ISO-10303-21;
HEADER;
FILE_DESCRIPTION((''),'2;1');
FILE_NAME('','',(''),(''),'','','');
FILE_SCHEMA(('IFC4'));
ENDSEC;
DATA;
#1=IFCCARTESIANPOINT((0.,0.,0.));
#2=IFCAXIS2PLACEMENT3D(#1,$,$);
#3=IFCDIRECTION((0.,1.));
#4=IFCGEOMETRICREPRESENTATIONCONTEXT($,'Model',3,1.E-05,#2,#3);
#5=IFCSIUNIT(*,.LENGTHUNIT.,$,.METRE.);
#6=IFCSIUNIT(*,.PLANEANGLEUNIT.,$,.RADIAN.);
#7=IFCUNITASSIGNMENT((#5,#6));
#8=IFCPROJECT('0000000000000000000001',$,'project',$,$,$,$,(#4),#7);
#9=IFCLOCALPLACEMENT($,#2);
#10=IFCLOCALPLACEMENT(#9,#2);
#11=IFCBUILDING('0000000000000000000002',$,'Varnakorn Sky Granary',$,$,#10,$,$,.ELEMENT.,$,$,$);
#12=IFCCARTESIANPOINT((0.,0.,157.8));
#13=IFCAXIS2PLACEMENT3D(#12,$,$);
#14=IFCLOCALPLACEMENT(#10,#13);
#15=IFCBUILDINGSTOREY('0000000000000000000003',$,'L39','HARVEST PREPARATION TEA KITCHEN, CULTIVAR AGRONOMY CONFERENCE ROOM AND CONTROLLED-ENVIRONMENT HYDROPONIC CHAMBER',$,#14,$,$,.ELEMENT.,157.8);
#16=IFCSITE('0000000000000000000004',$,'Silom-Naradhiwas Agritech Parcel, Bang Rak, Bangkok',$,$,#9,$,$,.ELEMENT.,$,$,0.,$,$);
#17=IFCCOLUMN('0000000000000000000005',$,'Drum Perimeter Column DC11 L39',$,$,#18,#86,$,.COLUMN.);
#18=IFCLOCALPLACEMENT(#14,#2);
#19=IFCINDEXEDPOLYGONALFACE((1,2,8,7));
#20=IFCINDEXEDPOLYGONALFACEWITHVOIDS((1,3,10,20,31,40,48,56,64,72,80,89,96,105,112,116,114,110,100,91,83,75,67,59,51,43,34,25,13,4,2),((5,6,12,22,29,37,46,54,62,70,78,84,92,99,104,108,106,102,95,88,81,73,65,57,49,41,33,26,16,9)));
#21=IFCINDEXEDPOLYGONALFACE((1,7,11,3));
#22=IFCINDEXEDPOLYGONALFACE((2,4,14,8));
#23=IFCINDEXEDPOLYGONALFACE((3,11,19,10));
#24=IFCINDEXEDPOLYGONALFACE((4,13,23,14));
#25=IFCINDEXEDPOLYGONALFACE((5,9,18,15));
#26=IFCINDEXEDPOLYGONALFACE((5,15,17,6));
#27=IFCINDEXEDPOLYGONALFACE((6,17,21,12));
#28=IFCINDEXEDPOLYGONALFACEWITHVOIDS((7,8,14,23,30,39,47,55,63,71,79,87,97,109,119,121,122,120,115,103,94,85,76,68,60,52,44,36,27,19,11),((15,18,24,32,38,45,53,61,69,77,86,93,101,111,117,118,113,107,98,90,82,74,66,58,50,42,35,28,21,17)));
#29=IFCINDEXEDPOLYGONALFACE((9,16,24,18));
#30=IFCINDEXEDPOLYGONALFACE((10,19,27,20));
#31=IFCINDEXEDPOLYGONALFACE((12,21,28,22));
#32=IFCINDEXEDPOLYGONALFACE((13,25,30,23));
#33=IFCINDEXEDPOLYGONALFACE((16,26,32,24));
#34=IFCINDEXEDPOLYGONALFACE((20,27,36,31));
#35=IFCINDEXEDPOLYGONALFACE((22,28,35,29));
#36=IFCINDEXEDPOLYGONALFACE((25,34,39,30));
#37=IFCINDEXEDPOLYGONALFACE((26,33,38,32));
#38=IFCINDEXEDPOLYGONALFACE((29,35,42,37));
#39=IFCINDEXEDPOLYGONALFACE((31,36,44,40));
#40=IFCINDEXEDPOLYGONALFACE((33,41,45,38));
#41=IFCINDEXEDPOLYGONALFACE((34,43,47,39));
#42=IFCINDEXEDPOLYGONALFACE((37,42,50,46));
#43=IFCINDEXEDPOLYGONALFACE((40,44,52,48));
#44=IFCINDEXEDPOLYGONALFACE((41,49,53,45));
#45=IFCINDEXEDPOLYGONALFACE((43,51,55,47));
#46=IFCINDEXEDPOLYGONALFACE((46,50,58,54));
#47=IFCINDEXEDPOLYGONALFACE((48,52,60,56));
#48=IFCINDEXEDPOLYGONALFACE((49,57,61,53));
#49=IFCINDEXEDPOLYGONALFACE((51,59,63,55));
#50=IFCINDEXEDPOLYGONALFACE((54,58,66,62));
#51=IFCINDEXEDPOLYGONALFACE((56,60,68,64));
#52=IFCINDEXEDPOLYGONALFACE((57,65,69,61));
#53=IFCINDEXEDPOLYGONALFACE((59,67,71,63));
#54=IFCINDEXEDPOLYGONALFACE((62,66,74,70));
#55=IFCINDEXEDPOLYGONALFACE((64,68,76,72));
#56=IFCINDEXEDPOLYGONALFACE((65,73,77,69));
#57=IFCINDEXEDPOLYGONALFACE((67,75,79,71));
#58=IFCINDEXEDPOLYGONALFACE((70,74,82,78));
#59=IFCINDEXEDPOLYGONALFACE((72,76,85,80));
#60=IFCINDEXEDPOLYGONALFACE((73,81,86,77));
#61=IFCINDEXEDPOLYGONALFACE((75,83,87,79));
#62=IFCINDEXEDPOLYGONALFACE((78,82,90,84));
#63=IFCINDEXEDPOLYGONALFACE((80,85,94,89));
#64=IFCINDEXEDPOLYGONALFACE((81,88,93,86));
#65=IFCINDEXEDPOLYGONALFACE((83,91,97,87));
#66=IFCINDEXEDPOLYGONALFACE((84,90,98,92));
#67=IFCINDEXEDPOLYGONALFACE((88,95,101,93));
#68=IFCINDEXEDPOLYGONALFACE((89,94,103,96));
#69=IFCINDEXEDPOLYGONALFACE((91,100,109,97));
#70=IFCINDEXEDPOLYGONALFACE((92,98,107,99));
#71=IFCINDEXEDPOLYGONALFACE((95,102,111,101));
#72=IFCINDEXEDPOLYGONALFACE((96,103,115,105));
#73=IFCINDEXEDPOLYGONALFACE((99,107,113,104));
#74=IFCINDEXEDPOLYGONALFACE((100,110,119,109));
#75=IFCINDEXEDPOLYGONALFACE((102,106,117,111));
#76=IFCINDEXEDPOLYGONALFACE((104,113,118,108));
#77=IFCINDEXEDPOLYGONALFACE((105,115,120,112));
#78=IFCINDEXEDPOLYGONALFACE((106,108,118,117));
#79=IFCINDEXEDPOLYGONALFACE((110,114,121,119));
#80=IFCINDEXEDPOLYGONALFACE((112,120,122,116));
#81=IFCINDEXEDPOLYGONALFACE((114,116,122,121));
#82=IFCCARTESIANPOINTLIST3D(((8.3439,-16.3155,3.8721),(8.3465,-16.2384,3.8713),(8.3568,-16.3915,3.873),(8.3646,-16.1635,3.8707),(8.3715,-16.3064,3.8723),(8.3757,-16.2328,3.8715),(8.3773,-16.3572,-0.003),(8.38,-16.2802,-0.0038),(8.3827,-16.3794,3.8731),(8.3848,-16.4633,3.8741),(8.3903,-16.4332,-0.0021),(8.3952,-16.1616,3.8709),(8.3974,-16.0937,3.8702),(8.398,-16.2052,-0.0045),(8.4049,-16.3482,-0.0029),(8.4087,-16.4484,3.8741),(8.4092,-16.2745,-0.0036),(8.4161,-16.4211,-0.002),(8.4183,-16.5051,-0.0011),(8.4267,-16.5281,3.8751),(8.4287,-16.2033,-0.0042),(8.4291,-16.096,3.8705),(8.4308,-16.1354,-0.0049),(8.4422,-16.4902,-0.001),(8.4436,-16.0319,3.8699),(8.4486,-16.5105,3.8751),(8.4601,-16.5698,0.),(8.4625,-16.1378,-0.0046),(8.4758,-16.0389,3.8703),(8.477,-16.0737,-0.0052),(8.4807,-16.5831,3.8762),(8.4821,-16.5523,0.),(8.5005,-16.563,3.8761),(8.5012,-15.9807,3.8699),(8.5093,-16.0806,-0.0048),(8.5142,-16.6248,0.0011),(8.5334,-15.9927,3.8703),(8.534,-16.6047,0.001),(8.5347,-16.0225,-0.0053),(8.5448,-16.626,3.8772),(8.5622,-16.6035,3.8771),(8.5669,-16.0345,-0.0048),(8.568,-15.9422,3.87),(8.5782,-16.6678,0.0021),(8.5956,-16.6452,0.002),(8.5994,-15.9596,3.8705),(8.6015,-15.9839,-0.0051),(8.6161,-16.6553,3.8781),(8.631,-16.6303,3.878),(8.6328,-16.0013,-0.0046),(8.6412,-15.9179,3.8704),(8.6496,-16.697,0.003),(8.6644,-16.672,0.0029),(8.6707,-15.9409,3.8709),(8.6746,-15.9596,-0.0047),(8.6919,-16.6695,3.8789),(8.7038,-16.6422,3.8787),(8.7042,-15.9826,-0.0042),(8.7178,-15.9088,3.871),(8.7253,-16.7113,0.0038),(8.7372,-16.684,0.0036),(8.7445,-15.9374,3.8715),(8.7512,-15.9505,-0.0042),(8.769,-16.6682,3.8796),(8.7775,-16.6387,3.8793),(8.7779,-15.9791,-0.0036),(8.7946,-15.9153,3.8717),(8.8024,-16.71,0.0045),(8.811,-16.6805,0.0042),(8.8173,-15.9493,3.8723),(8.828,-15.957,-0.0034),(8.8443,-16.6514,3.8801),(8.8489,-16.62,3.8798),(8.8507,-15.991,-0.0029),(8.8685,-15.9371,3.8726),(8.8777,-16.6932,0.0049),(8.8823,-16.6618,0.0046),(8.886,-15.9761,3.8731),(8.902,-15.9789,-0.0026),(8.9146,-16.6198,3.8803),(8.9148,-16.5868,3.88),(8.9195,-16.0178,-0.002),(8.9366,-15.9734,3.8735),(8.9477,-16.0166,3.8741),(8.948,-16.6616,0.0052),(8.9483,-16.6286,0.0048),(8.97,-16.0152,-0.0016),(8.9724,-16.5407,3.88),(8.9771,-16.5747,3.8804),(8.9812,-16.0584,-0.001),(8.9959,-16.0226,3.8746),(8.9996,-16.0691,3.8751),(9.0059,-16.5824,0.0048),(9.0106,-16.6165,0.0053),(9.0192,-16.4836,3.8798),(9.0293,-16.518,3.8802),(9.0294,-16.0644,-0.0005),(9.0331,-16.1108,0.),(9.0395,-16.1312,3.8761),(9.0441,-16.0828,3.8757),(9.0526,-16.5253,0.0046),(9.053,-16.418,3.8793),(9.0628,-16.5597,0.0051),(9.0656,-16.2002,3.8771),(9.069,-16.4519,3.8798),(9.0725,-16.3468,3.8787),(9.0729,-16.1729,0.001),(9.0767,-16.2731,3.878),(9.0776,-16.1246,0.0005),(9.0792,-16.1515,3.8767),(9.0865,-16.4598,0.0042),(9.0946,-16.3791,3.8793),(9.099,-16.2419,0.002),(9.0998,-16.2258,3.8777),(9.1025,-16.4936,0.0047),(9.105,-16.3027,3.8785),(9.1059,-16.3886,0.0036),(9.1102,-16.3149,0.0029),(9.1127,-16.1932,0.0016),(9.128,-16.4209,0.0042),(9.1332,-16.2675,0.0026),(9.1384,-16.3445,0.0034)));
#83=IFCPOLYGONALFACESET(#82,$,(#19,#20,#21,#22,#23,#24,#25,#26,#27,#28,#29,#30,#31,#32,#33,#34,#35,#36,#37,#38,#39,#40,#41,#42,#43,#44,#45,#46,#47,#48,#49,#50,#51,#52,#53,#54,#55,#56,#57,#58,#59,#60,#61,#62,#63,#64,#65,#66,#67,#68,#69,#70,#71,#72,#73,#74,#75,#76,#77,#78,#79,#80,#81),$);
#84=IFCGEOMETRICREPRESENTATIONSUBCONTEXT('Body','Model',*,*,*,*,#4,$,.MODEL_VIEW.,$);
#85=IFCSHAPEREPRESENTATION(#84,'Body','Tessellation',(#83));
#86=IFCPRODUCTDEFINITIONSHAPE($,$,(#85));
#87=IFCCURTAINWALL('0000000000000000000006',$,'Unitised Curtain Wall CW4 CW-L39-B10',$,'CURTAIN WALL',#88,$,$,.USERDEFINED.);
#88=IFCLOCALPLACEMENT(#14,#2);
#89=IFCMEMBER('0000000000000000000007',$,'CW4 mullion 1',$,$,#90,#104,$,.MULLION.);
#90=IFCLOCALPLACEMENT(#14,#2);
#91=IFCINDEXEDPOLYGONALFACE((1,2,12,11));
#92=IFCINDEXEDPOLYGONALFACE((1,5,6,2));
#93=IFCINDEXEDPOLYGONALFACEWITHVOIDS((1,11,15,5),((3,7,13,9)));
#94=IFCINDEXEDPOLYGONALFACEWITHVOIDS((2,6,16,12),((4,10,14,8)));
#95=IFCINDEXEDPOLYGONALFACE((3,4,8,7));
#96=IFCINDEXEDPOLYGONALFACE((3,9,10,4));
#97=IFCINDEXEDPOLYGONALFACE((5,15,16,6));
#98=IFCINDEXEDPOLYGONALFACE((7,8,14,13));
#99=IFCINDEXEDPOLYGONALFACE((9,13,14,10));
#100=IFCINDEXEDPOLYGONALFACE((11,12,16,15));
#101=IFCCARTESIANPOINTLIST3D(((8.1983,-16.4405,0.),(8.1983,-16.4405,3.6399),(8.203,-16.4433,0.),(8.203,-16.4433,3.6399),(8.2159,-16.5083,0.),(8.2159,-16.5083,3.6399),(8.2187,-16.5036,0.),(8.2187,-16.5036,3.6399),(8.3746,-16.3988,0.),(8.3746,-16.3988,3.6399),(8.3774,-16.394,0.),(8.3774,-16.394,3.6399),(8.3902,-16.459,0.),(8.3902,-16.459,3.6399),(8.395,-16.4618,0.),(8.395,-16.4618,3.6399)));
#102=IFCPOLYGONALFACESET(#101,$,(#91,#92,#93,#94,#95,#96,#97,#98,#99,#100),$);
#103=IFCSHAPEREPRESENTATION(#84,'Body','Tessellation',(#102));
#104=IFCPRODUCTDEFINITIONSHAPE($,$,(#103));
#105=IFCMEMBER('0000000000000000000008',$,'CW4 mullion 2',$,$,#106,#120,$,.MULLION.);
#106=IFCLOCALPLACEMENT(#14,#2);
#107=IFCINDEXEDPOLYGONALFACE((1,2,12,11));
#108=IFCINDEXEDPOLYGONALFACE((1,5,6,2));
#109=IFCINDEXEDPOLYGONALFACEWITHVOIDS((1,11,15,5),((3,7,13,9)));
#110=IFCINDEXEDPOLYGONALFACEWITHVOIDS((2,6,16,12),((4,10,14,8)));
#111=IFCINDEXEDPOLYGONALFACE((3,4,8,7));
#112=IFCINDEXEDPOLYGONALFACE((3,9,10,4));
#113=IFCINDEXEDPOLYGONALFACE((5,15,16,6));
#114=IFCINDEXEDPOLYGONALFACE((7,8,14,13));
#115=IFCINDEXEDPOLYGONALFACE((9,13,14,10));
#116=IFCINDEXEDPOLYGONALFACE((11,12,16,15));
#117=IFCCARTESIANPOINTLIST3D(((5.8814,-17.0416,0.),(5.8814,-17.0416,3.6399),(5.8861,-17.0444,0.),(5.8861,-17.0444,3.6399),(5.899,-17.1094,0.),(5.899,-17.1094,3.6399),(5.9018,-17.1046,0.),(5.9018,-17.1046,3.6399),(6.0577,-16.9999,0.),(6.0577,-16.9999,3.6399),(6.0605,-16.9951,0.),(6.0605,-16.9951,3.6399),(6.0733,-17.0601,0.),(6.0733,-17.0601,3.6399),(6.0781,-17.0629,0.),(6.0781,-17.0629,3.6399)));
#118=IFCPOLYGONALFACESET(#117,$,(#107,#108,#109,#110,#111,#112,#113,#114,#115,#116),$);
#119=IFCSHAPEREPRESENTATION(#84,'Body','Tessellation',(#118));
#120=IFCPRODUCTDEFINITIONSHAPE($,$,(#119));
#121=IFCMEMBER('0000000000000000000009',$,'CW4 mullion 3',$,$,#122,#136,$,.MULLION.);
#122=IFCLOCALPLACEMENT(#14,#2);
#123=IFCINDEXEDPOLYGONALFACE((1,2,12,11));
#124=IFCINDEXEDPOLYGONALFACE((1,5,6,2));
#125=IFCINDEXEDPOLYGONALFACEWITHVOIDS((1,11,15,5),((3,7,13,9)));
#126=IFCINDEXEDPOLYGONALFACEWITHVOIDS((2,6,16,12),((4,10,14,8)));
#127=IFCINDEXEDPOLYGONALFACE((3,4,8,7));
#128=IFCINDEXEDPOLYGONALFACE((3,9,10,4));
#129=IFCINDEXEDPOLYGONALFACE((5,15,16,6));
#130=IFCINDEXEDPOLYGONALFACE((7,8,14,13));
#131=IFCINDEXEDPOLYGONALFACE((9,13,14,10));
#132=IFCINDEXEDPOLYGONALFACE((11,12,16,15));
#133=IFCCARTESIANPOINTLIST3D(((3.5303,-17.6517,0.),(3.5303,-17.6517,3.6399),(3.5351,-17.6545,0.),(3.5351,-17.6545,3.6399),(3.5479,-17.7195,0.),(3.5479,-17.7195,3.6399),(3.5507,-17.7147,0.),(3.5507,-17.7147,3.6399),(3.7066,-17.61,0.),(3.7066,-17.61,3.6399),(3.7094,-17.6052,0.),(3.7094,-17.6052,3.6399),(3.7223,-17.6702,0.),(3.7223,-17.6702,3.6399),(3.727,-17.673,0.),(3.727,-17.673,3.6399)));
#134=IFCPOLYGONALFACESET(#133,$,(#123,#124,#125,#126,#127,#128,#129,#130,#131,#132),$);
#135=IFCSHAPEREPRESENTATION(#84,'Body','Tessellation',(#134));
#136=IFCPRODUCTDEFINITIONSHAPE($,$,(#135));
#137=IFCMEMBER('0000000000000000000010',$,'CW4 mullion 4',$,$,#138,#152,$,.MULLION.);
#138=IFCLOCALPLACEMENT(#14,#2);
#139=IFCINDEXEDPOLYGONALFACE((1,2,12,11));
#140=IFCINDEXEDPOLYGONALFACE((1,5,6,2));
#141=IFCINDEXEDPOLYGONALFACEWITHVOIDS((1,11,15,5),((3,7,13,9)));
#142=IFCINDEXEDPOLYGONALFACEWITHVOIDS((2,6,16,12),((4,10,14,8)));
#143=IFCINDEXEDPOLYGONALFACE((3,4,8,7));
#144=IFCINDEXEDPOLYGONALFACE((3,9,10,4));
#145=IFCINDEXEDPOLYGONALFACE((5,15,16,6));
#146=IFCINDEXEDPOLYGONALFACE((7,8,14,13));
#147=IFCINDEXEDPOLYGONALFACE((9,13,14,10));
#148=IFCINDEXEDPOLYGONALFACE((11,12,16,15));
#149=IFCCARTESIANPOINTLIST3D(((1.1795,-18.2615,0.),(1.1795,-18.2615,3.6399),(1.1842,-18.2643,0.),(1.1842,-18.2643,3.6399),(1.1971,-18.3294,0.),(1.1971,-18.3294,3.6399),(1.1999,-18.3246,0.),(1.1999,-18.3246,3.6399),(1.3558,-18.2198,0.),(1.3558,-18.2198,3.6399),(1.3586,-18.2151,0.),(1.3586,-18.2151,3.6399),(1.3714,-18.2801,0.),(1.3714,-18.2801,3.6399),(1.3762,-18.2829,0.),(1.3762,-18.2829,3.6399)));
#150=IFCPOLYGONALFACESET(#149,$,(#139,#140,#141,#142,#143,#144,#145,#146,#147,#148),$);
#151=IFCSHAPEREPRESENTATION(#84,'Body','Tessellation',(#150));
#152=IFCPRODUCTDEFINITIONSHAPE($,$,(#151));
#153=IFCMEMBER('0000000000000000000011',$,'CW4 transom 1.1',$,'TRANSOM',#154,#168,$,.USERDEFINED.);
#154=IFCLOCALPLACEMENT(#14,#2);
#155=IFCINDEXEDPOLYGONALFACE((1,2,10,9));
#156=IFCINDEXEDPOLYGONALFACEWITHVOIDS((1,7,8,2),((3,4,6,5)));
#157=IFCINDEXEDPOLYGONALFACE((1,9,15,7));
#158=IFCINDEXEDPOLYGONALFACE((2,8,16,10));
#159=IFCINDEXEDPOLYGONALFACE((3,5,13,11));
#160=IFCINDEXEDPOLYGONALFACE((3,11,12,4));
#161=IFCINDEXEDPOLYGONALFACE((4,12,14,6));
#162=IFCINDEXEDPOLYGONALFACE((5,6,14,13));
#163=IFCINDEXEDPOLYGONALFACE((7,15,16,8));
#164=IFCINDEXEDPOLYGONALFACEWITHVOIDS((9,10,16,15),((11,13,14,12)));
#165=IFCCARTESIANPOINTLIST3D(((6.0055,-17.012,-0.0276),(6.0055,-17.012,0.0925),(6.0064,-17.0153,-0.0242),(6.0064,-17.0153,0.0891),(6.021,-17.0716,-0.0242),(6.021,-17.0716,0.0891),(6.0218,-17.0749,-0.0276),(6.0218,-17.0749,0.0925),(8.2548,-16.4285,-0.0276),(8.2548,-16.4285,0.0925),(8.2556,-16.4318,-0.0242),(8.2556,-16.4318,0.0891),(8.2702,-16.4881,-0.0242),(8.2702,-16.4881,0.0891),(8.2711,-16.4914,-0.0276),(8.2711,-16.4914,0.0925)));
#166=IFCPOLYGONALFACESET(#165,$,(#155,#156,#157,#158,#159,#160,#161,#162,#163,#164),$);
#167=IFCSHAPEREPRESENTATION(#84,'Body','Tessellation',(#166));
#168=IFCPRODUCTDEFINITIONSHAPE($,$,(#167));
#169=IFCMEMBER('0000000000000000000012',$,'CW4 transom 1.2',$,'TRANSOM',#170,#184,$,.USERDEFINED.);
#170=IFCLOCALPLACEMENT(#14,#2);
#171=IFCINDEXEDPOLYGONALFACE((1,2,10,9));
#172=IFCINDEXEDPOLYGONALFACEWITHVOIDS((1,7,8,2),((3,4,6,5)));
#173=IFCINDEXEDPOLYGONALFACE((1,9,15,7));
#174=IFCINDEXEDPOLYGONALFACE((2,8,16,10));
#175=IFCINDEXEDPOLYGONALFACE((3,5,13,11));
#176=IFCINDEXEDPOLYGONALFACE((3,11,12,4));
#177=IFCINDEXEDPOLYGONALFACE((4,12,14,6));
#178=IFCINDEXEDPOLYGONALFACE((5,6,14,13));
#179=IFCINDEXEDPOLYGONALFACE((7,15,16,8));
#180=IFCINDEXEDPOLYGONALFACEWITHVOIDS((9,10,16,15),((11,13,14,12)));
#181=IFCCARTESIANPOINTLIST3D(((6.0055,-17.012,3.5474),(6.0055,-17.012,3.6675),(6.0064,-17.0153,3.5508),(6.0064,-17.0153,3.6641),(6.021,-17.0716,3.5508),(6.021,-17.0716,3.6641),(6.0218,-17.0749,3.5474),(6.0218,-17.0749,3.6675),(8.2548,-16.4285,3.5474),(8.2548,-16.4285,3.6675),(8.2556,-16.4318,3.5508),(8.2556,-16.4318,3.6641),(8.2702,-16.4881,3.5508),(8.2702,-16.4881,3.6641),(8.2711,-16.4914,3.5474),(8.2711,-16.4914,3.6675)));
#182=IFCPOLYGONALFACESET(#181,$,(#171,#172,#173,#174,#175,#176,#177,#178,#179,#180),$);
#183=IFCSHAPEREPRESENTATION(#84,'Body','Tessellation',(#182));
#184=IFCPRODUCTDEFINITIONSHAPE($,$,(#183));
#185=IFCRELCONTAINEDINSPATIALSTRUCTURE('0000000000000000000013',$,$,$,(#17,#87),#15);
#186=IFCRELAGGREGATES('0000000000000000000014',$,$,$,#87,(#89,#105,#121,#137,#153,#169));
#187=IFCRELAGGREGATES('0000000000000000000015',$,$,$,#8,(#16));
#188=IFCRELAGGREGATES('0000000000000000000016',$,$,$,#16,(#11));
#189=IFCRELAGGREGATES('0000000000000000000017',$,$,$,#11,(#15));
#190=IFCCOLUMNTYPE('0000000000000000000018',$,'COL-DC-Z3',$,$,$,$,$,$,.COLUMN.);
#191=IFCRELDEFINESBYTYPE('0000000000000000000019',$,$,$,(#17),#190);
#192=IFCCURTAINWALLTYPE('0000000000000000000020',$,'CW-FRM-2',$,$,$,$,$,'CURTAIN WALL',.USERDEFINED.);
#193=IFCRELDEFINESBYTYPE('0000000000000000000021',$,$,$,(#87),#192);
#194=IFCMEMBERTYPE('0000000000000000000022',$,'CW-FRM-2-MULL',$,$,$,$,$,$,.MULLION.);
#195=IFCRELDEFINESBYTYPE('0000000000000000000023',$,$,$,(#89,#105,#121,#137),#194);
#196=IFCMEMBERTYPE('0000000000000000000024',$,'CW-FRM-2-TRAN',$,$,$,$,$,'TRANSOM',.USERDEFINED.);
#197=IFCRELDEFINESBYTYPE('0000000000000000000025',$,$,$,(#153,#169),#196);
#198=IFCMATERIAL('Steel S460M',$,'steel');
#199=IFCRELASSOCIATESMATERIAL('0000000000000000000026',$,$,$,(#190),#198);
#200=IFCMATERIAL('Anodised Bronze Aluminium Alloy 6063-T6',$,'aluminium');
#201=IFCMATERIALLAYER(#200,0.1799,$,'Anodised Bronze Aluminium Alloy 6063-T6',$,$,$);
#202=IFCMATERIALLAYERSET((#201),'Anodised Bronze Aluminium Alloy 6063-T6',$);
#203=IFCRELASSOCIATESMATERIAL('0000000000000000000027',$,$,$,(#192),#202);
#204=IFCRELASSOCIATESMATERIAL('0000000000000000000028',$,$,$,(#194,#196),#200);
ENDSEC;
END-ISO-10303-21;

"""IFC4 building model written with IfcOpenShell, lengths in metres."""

from ifc_helpers import new_model, si_unit, direction, frame, origin, origin_2d, place, context, subcontext, project, spatial, hollow_rectangle, hollow_circle, extrude, material, layer, layer_set, material_profile, profile_set, type_object, element, aggregate, save


model = new_model("IFC4")

# Units and contexts
model_context = context("Model", 3, precision=1e-05, world=origin(), true_north=direction((0.0, 1.0)))
body_context = subcontext(model_context, "Body", "Model", "MODEL_VIEW")
ifc_project = project(units=[si_unit("LENGTHUNIT", "METRE"), si_unit("PLANEANGLEUNIT", "RADIAN")], contexts=[model_context])

# Site, building, storey
site_placement = place(None, origin())
site = spatial("IfcSite", under=ifc_project, at=site_placement, Name="Silom-Naradhiwas Agritech Parcel, Bang Rak, Bangkok", CompositionType="ELEMENT", RefElevation=0.0)
building_placement = place(site_placement, origin())
building = spatial("IfcBuilding", under=site, at=building_placement, Name="Varnakorn Sky Granary", CompositionType="ELEMENT")
storey_placement = place(building_placement, frame((0.0, 0.0, 157.8)))
storey = spatial("IfcBuildingStorey", under=building, at=storey_placement, Name="L39", Description="HARVEST PREPARATION TEA KITCHEN, CULTIVAR AGRONOMY CONFERENCE ROOM AND CONTROLLED-ENVIRONMENT HYDROPONIC CHAMBER", CompositionType="ELEMENT", Elevation=157.8)

# Column
ifc_material_1 = material(Name="Steel S460M", Category="steel")
ifc_material_profile_1 = material_profile(ifc_material_1, hollow_circle(Radius=0.3811, WallThickness=0.0281, at=origin_2d()), Name="CHS 762x28")
ifc_profile_set_1 = profile_set([ifc_material_profile_1], Name="Steel S460M")
column_type = type_object("IfcColumnType", Name="COL-DC-Z3", PredefinedType="COLUMN", material=ifc_profile_set_1)
column_placement = place(storey_placement, frame((8.7576, -16.3315, 0.0), z_axis=(-0.008631, 0.010773, 0.999905), x_axis=(-0.780423, -0.625251, 0.0)))
element("IfcColumn", 1, at=column_placement, inside=storey, type_object=column_type, Name="Drum Perimeter Column DC11 L39", PredefinedType="COLUMN", context=body_context, shape_type="SweptSolid", body=[
    extrude(hollow_circle(Radius=0.3811, WallThickness=0.0281, at=origin_2d()), origin(), (0.0, 0.0, 1.0), 3.8755),
])

# Curtain wall, members
ifc_material_2 = material(Name="Anodised Bronze Aluminium Alloy 6063-T6", Category="aluminium")
ifc_layer_1 = layer(ifc_material_2, 0.1799, Name="Anodised Bronze Aluminium Alloy 6063-T6")
ifc_layer_set_1 = layer_set([ifc_layer_1], Name="Anodised Bronze Aluminium Alloy 6063-T6")
curtain_wall_type = type_object("IfcCurtainWallType", Name="CW-FRM-2", ElementType="CURTAIN WALL", PredefinedType="USERDEFINED", material=ifc_layer_set_1)
curtain_wall_placement = place(storey_placement, origin())
curtain_wall = element("IfcCurtainWall", 2, at=curtain_wall_placement, inside=storey, type_object=curtain_wall_type, Name="Unitised Curtain Wall CW4 CW-L39-B10", ObjectType="CURTAIN WALL", PredefinedType="USERDEFINED")
ifc_material_profile_2 = material_profile(ifc_material_2, hollow_rectangle(XDim=0.0701, YDim=0.1851, WallThickness=0.0039, at=origin_2d()), Name="ALU MULL 70x185")
ifc_profile_set_2 = profile_set([ifc_material_profile_2], Name="Anodised Bronze Aluminium Alloy 6063-T6")
member_type_1 = type_object("IfcMemberType", Name="CW-FRM-2-MULL", PredefinedType="MULLION", material=ifc_profile_set_2)
member_1_placement = place(storey_placement, frame((8.2966, -16.4512, 0.0), z_axis=(0.0, 0.0, 1.0), x_axis=(0.251146, -0.967949, 0.0)))
member_1 = element("IfcMember", 3, at=member_1_placement, type_object=member_type_1, Name="CW4 mullion 1", PredefinedType="MULLION", context=body_context, shape_type="SweptSolid", body=[
    extrude(hollow_rectangle(XDim=0.0701, YDim=0.1851, WallThickness=0.0039, at=origin_2d()), origin(), (0.0, 0.0, 1.0), 3.6399),
])
member_2_placement = place(storey_placement, frame((5.9797, -17.0522, 0.0), z_axis=(0.0, 0.0, 1.0), x_axis=(0.251146, -0.967949, 0.0)))
member_2 = element("IfcMember", 4, at=member_2_placement, type_object=member_type_1, Name="CW4 mullion 2", PredefinedType="MULLION", context=body_context, shape_type="SweptSolid", body=[
    extrude(hollow_rectangle(XDim=0.0701, YDim=0.1851, WallThickness=0.0039, at=origin_2d()), origin(), (0.0, 0.0, 1.0), 3.6399),
])
member_3_placement = place(storey_placement, frame((3.6287, -17.6624, 0.0), z_axis=(0.0, 0.0, 1.0), x_axis=(0.251146, -0.967949, 0.0)))
member_3 = element("IfcMember", 5, at=member_3_placement, type_object=member_type_1, Name="CW4 mullion 3", PredefinedType="MULLION", context=body_context, shape_type="SweptSolid", body=[
    extrude(hollow_rectangle(XDim=0.0701, YDim=0.1851, WallThickness=0.0039, at=origin_2d()), origin(), (0.0, 0.0, 1.0), 3.6399),
])
member_4_placement = place(storey_placement, frame((1.2778, -18.2722, 0.0), z_axis=(0.0, 0.0, 1.0), x_axis=(0.251146, -0.967949, 0.0)))
member_4 = element("IfcMember", 6, at=member_4_placement, type_object=member_type_1, Name="CW4 mullion 4", PredefinedType="MULLION", context=body_context, shape_type="SweptSolid", body=[
    extrude(hollow_rectangle(XDim=0.0701, YDim=0.1851, WallThickness=0.0039, at=origin_2d()), origin(), (0.0, 0.0, 1.0), 3.6399),
])
ifc_material_profile_3 = material_profile(ifc_material_2, hollow_rectangle(XDim=0.0649, YDim=0.1201, WallThickness=0.0034, at=origin_2d()), Name="ALU TRAN 65x120")
ifc_profile_set_3 = profile_set([ifc_material_profile_3], Name="Anodised Bronze Aluminium Alloy 6063-T6")
member_type_2 = type_object("IfcMemberType", Name="CW-FRM-2-TRAN", ElementType="TRANSOM", PredefinedType="USERDEFINED", material=ifc_profile_set_3)
member_5_placement = place(storey_placement, frame((8.2629, -16.46, 0.0325), z_axis=(-0.96796, -0.251104, 0.0), x_axis=(0.251104, -0.96796, 0.0)))
member_5 = element("IfcMember", 7, at=member_5_placement, type_object=member_type_2, Name="CW4 transom 1.1", ObjectType="TRANSOM", PredefinedType="USERDEFINED", context=body_context, shape_type="SweptSolid", body=[
    extrude(hollow_rectangle(XDim=0.0649, YDim=0.1201, WallThickness=0.0034, at=origin_2d()), origin(), (0.0, 0.0, 1.0), 2.3237),
])
member_6_placement = place(storey_placement, frame((8.2629, -16.46, 3.6074), z_axis=(-0.96796, -0.251104, 0.0), x_axis=(0.251104, -0.96796, 0.0)))
member_6 = element("IfcMember", 8, at=member_6_placement, type_object=member_type_2, Name="CW4 transom 1.2", ObjectType="TRANSOM", PredefinedType="USERDEFINED", context=body_context, shape_type="SweptSolid", body=[
    extrude(hollow_rectangle(XDim=0.0649, YDim=0.1201, WallThickness=0.0034, at=origin_2d()), origin(), (0.0, 0.0, 1.0), 2.3237),
])

aggregate(curtain_wall, [member_1, member_2, member_3, member_4, member_5, member_6])

save(model, "model.ifc")
